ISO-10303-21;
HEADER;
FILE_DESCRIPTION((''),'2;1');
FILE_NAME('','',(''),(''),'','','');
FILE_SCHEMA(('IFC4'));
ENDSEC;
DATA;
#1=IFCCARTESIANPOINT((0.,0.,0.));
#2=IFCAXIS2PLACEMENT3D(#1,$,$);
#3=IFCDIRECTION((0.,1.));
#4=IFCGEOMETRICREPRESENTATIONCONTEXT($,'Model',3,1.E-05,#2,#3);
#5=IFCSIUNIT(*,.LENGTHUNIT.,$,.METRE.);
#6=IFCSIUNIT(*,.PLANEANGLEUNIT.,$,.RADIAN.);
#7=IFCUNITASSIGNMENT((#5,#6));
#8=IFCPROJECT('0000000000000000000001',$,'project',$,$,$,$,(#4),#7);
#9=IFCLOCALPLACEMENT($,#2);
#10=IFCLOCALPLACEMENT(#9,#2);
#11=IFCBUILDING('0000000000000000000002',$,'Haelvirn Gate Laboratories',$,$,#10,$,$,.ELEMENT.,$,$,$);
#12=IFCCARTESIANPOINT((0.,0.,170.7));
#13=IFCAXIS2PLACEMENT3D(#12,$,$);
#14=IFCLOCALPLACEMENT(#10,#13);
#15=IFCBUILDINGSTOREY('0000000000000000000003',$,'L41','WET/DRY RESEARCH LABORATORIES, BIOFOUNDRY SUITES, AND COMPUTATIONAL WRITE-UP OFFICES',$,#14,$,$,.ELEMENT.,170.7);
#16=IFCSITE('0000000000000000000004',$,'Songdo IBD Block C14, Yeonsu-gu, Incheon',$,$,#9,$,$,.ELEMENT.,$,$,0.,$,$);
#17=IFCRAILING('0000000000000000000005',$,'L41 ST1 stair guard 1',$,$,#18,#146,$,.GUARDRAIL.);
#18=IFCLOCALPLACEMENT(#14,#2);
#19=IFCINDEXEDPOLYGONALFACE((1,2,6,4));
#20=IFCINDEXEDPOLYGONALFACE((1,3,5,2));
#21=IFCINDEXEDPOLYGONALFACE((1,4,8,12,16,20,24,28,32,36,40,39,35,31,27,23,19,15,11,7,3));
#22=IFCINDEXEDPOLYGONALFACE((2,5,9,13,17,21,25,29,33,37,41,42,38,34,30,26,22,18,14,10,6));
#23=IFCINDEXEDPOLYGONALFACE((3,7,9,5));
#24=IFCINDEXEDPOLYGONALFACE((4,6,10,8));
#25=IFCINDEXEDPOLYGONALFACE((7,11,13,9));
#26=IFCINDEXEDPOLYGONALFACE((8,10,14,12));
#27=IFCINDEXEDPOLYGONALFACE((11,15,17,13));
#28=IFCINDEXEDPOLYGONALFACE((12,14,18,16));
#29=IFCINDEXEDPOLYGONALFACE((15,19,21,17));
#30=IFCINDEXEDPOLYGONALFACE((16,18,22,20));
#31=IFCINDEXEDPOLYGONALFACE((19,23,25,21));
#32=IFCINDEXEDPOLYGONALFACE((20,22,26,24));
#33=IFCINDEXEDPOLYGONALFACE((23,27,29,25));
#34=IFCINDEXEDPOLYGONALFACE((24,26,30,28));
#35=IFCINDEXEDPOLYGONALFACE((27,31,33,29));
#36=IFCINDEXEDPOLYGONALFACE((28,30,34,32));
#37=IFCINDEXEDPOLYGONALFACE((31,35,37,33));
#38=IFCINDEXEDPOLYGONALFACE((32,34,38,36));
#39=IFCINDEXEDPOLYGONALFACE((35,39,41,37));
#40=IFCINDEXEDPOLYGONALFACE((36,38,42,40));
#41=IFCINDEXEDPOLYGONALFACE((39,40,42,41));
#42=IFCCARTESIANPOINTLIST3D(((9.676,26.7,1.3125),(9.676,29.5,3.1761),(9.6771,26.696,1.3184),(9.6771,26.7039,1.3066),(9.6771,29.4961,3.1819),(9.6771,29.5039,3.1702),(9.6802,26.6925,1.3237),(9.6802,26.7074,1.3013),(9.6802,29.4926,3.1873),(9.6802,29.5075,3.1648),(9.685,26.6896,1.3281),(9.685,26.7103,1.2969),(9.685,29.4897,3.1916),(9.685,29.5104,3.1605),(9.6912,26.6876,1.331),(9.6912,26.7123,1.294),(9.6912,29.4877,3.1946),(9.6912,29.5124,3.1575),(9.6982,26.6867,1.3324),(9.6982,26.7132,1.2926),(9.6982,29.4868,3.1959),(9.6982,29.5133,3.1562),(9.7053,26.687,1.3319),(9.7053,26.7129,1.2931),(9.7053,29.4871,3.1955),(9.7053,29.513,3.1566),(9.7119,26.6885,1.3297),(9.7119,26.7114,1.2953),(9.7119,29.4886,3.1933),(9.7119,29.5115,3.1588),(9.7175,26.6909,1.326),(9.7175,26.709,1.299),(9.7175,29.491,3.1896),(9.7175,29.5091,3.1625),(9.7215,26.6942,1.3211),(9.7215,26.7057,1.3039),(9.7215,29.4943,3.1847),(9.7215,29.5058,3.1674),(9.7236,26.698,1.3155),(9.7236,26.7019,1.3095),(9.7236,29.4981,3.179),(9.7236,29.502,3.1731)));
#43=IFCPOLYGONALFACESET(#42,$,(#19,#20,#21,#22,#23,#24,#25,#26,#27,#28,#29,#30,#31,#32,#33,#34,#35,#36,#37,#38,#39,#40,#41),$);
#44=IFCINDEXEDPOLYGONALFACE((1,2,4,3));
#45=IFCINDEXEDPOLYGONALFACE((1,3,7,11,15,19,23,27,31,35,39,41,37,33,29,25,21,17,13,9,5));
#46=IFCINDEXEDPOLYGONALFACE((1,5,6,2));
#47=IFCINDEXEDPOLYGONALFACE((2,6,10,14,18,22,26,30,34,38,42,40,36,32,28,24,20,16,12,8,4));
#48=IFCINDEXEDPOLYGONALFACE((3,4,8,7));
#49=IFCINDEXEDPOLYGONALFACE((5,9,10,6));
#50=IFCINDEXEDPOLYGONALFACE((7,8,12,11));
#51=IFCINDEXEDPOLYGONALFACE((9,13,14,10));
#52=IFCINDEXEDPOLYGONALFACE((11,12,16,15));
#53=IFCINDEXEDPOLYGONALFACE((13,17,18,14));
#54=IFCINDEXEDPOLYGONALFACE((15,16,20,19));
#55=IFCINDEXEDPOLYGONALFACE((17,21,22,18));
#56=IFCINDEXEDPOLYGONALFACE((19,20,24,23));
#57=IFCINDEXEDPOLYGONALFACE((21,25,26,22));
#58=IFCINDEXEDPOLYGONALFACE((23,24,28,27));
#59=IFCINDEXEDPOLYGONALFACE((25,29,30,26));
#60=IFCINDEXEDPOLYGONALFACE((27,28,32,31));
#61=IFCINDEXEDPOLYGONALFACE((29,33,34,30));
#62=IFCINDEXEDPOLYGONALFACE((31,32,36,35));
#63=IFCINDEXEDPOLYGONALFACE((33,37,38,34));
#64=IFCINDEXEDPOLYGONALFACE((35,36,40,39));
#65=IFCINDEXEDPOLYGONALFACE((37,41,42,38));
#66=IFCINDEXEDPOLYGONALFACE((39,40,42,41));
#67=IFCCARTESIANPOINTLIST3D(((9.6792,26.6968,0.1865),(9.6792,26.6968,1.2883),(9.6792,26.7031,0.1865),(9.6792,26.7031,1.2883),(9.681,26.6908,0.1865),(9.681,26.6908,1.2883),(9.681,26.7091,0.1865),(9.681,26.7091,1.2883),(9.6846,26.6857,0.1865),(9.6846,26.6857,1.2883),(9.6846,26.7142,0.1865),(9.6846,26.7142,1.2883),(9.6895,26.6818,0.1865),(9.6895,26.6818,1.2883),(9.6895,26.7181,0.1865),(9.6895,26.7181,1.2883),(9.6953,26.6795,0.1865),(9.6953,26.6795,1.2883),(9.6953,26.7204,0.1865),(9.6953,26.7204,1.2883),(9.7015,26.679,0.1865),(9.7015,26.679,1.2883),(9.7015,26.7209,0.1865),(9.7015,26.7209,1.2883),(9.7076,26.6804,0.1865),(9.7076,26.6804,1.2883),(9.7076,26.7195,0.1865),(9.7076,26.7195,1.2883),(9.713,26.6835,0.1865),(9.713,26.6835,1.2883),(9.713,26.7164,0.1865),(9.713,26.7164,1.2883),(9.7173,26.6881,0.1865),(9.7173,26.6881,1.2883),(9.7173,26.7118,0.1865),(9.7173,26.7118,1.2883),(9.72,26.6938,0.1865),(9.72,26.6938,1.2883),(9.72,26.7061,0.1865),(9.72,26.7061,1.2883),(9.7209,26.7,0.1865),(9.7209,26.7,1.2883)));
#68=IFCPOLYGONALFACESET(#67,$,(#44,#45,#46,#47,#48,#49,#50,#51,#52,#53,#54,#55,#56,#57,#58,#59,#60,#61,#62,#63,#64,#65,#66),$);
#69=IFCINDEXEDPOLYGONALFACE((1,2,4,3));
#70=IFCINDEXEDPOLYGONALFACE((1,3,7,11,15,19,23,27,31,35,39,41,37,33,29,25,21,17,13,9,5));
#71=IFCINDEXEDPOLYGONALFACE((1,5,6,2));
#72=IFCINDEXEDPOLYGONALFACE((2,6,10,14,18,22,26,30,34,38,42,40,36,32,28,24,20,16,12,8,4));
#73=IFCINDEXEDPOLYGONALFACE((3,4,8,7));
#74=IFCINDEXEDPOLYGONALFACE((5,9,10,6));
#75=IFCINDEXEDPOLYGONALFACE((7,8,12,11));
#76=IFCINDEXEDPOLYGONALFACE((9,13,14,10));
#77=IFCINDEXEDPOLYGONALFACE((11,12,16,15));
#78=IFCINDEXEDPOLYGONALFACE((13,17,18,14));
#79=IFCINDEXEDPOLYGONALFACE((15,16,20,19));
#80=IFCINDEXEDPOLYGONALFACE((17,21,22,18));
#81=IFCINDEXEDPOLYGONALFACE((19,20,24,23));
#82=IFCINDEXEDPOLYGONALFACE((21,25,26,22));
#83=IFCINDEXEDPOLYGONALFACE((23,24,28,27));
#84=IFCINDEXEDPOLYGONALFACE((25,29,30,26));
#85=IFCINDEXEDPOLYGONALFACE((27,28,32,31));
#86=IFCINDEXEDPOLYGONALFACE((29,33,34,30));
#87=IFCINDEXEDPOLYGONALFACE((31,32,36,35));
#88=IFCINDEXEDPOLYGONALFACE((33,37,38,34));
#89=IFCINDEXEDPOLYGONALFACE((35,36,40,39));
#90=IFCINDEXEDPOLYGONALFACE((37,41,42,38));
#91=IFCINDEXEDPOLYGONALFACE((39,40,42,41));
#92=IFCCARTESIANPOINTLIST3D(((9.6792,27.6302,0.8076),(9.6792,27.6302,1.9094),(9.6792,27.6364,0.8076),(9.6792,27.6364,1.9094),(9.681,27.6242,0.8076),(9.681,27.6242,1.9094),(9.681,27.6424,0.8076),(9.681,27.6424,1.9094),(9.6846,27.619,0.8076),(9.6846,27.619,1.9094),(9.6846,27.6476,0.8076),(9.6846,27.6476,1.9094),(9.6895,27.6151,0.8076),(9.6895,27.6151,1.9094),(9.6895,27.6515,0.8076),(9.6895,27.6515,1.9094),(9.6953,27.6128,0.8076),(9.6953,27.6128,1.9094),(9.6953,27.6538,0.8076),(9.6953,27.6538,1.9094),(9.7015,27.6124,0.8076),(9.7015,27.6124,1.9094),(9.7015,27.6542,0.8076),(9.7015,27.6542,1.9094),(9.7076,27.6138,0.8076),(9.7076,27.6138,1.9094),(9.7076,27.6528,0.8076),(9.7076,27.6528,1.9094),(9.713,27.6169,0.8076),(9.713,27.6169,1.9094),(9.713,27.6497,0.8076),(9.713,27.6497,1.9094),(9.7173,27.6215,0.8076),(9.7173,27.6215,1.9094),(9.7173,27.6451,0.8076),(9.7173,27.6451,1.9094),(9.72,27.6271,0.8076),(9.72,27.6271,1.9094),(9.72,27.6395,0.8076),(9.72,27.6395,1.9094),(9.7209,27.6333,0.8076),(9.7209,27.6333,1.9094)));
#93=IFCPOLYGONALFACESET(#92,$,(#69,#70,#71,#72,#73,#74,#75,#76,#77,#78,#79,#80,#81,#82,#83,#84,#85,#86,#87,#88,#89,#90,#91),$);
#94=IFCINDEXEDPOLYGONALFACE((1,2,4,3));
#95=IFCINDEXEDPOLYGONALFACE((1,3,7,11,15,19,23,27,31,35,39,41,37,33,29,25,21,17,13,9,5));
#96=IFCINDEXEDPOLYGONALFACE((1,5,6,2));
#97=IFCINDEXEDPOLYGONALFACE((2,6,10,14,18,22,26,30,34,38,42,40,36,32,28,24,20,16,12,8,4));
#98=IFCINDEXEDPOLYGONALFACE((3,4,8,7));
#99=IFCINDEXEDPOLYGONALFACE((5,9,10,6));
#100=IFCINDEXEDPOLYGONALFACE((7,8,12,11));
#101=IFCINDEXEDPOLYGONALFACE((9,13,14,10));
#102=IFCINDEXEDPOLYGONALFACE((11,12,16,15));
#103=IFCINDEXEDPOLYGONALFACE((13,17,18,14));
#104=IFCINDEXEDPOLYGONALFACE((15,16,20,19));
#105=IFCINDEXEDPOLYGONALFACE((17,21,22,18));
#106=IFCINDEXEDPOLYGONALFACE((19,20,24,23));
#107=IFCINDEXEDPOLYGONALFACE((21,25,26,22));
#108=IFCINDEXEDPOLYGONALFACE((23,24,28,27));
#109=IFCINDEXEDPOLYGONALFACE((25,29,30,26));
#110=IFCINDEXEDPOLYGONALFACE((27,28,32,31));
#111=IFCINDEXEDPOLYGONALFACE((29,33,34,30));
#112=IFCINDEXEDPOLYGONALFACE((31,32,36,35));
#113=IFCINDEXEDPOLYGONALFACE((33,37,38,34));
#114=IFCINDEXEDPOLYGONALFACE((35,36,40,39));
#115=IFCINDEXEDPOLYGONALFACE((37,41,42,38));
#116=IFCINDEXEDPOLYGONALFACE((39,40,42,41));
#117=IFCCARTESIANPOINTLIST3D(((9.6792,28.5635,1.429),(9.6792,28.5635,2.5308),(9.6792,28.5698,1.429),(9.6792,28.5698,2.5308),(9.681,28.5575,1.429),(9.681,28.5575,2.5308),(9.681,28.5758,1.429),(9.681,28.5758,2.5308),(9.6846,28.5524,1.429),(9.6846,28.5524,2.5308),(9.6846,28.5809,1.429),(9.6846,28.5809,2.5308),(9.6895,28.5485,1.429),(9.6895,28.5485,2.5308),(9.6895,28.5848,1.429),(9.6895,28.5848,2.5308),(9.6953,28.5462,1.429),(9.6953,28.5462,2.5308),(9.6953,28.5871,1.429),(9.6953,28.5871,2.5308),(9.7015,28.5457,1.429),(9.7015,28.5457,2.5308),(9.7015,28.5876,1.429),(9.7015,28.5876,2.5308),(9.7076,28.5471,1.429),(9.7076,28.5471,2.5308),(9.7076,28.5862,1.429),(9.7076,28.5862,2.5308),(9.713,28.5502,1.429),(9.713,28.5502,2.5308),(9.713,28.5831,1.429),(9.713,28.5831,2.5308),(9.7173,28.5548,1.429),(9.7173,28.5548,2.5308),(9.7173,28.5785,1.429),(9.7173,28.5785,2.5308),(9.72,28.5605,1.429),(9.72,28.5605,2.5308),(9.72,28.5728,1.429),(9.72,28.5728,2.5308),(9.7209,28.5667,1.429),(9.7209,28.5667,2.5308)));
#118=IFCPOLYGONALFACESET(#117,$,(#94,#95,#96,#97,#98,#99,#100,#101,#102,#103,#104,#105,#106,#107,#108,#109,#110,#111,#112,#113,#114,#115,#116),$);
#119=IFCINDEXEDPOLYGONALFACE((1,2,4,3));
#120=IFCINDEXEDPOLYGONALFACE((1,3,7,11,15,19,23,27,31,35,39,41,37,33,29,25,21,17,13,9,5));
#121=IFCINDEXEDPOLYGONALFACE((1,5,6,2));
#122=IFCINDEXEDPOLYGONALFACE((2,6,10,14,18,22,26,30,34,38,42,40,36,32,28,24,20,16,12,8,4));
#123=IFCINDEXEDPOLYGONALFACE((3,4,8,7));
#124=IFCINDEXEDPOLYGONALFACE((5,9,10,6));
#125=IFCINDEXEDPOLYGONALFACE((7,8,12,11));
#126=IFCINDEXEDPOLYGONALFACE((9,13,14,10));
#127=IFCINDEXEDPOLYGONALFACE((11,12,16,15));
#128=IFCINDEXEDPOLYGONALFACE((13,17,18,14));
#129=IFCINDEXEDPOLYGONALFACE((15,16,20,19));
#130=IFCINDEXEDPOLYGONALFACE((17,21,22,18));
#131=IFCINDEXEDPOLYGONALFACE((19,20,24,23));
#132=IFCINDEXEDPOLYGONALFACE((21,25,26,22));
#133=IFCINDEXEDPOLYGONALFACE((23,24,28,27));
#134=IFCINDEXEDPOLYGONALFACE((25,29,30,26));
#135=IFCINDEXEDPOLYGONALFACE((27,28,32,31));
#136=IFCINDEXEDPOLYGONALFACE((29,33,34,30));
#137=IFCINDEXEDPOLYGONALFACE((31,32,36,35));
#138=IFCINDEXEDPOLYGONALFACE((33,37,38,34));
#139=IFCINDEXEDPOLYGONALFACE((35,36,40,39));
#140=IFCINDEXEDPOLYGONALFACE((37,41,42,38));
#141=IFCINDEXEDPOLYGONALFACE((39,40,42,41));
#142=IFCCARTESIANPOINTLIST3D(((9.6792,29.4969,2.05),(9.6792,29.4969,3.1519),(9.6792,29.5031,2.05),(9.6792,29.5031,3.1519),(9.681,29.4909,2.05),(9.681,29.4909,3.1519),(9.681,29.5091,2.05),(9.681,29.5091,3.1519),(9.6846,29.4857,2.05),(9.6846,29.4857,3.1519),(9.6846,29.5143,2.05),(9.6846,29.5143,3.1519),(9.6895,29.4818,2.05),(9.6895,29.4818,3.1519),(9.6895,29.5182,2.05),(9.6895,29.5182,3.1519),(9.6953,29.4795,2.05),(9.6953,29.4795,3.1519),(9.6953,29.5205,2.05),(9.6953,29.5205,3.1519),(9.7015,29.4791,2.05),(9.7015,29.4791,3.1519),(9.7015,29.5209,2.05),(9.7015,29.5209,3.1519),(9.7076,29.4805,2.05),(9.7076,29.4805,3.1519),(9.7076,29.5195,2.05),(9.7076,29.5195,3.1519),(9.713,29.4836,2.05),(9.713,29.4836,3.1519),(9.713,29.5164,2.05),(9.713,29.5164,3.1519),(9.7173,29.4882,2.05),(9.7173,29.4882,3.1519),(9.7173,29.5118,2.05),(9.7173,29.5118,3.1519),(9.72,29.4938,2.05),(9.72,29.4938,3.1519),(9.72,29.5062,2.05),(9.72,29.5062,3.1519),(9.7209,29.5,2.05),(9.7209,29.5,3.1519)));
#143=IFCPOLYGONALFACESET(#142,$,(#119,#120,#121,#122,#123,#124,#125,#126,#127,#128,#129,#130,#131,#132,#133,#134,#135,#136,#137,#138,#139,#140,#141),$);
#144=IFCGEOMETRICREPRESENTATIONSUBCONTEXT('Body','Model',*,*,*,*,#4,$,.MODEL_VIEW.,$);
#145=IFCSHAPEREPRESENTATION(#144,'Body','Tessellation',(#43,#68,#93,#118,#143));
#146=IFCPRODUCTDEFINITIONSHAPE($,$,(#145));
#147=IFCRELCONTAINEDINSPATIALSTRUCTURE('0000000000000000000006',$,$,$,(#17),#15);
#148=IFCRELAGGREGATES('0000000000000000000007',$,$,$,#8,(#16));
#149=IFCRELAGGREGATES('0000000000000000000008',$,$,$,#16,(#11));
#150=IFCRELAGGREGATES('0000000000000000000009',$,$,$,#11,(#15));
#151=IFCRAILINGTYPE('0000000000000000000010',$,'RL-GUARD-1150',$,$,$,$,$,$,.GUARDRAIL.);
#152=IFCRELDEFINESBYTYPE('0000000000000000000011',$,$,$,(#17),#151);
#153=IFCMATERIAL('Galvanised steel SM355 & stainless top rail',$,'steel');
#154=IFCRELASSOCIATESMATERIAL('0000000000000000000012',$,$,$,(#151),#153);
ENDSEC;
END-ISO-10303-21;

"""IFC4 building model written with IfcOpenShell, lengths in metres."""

from ifc_helpers import new_model, si_unit, direction, frame, origin, origin_2d, place, context, subcontext, project, spatial, circle, extrude, source, transform, mapped, material, type_object, element, save


model = new_model("IFC4")

# Units and contexts
model_context = context("Model", 3, precision=1e-05, world=origin(), true_north=direction((0.0, 1.0)))
body_context = subcontext(model_context, "Body", "Model", "MODEL_VIEW")
ifc_project = project(units=[si_unit("LENGTHUNIT", "METRE"), si_unit("PLANEANGLEUNIT", "RADIAN")], contexts=[model_context])

# Site, building, storey
site_placement = place(None, origin())
site = spatial("IfcSite", under=ifc_project, at=site_placement, Name="Songdo IBD Block C14, Yeonsu-gu, Incheon", CompositionType="ELEMENT", RefElevation=0.0)
building_placement = place(site_placement, origin())
building = spatial("IfcBuilding", under=site, at=building_placement, Name="Haelvirn Gate Laboratories", CompositionType="ELEMENT")
storey_placement = place(building_placement, frame((0.0, 0.0, 170.7)))
storey = spatial("IfcBuildingStorey", under=building, at=storey_placement, Name="L41", Description="WET/DRY RESEARCH LABORATORIES, BIOFOUNDRY SUITES, AND COMPUTATIONAL WRITE-UP OFFICES", CompositionType="ELEMENT", Elevation=170.7)

# Railing
ifc_material_1 = material(Name="Galvanised steel SM355 & stainless top rail", Category="steel")
railing_type_1 = type_object("IfcRailingType", Name="RL-GUARD-1150", PredefinedType="GUARDRAIL", material=ifc_material_1)
shared_shape_1 = source(origin(), body_context, "Body", "SweptSolid", [
    extrude(circle(Radius=0.0239, at=origin_2d()), frame((0.0, 0.0, 1.126), z_axis=(0.0, 0.832486, 0.554047), x_axis=(-1.0, 0.0, 0.0)), (0.0, 0.0, 1.0), 3.3635),
    extrude(circle(Radius=0.021, at=origin_2d()), origin(), (0.0, 0.0, 1.0), 1.1018),
    extrude(circle(Radius=0.021, at=origin_2d()), frame((0.0, 0.9333, 0.6211)), (0.0, 0.0, 1.0), 1.1018),
    extrude(circle(Radius=0.021, at=origin_2d()), frame((0.0, 1.8667, 1.2424)), (0.0, 0.0, 1.0), 1.1018),
    extrude(circle(Radius=0.021, at=origin_2d()), frame((0.0, 2.8, 1.8635)), (0.0, 0.0, 1.0), 1.1018),
])
railing_1_placement = place(storey_placement, frame((9.7, 26.7, 0.1865)))
element("IfcRailing", 1, at=railing_1_placement, inside=storey, type_object=railing_type_1, Name="L41 ST1 stair guard 1", PredefinedType="GUARDRAIL", context=body_context, shape_type="MappedRepresentation", body=[
    mapped(shared_shape_1, transform((0.0, 0.0, 0.0), scale=1.0)),
])

save(model, "model.ifc")
